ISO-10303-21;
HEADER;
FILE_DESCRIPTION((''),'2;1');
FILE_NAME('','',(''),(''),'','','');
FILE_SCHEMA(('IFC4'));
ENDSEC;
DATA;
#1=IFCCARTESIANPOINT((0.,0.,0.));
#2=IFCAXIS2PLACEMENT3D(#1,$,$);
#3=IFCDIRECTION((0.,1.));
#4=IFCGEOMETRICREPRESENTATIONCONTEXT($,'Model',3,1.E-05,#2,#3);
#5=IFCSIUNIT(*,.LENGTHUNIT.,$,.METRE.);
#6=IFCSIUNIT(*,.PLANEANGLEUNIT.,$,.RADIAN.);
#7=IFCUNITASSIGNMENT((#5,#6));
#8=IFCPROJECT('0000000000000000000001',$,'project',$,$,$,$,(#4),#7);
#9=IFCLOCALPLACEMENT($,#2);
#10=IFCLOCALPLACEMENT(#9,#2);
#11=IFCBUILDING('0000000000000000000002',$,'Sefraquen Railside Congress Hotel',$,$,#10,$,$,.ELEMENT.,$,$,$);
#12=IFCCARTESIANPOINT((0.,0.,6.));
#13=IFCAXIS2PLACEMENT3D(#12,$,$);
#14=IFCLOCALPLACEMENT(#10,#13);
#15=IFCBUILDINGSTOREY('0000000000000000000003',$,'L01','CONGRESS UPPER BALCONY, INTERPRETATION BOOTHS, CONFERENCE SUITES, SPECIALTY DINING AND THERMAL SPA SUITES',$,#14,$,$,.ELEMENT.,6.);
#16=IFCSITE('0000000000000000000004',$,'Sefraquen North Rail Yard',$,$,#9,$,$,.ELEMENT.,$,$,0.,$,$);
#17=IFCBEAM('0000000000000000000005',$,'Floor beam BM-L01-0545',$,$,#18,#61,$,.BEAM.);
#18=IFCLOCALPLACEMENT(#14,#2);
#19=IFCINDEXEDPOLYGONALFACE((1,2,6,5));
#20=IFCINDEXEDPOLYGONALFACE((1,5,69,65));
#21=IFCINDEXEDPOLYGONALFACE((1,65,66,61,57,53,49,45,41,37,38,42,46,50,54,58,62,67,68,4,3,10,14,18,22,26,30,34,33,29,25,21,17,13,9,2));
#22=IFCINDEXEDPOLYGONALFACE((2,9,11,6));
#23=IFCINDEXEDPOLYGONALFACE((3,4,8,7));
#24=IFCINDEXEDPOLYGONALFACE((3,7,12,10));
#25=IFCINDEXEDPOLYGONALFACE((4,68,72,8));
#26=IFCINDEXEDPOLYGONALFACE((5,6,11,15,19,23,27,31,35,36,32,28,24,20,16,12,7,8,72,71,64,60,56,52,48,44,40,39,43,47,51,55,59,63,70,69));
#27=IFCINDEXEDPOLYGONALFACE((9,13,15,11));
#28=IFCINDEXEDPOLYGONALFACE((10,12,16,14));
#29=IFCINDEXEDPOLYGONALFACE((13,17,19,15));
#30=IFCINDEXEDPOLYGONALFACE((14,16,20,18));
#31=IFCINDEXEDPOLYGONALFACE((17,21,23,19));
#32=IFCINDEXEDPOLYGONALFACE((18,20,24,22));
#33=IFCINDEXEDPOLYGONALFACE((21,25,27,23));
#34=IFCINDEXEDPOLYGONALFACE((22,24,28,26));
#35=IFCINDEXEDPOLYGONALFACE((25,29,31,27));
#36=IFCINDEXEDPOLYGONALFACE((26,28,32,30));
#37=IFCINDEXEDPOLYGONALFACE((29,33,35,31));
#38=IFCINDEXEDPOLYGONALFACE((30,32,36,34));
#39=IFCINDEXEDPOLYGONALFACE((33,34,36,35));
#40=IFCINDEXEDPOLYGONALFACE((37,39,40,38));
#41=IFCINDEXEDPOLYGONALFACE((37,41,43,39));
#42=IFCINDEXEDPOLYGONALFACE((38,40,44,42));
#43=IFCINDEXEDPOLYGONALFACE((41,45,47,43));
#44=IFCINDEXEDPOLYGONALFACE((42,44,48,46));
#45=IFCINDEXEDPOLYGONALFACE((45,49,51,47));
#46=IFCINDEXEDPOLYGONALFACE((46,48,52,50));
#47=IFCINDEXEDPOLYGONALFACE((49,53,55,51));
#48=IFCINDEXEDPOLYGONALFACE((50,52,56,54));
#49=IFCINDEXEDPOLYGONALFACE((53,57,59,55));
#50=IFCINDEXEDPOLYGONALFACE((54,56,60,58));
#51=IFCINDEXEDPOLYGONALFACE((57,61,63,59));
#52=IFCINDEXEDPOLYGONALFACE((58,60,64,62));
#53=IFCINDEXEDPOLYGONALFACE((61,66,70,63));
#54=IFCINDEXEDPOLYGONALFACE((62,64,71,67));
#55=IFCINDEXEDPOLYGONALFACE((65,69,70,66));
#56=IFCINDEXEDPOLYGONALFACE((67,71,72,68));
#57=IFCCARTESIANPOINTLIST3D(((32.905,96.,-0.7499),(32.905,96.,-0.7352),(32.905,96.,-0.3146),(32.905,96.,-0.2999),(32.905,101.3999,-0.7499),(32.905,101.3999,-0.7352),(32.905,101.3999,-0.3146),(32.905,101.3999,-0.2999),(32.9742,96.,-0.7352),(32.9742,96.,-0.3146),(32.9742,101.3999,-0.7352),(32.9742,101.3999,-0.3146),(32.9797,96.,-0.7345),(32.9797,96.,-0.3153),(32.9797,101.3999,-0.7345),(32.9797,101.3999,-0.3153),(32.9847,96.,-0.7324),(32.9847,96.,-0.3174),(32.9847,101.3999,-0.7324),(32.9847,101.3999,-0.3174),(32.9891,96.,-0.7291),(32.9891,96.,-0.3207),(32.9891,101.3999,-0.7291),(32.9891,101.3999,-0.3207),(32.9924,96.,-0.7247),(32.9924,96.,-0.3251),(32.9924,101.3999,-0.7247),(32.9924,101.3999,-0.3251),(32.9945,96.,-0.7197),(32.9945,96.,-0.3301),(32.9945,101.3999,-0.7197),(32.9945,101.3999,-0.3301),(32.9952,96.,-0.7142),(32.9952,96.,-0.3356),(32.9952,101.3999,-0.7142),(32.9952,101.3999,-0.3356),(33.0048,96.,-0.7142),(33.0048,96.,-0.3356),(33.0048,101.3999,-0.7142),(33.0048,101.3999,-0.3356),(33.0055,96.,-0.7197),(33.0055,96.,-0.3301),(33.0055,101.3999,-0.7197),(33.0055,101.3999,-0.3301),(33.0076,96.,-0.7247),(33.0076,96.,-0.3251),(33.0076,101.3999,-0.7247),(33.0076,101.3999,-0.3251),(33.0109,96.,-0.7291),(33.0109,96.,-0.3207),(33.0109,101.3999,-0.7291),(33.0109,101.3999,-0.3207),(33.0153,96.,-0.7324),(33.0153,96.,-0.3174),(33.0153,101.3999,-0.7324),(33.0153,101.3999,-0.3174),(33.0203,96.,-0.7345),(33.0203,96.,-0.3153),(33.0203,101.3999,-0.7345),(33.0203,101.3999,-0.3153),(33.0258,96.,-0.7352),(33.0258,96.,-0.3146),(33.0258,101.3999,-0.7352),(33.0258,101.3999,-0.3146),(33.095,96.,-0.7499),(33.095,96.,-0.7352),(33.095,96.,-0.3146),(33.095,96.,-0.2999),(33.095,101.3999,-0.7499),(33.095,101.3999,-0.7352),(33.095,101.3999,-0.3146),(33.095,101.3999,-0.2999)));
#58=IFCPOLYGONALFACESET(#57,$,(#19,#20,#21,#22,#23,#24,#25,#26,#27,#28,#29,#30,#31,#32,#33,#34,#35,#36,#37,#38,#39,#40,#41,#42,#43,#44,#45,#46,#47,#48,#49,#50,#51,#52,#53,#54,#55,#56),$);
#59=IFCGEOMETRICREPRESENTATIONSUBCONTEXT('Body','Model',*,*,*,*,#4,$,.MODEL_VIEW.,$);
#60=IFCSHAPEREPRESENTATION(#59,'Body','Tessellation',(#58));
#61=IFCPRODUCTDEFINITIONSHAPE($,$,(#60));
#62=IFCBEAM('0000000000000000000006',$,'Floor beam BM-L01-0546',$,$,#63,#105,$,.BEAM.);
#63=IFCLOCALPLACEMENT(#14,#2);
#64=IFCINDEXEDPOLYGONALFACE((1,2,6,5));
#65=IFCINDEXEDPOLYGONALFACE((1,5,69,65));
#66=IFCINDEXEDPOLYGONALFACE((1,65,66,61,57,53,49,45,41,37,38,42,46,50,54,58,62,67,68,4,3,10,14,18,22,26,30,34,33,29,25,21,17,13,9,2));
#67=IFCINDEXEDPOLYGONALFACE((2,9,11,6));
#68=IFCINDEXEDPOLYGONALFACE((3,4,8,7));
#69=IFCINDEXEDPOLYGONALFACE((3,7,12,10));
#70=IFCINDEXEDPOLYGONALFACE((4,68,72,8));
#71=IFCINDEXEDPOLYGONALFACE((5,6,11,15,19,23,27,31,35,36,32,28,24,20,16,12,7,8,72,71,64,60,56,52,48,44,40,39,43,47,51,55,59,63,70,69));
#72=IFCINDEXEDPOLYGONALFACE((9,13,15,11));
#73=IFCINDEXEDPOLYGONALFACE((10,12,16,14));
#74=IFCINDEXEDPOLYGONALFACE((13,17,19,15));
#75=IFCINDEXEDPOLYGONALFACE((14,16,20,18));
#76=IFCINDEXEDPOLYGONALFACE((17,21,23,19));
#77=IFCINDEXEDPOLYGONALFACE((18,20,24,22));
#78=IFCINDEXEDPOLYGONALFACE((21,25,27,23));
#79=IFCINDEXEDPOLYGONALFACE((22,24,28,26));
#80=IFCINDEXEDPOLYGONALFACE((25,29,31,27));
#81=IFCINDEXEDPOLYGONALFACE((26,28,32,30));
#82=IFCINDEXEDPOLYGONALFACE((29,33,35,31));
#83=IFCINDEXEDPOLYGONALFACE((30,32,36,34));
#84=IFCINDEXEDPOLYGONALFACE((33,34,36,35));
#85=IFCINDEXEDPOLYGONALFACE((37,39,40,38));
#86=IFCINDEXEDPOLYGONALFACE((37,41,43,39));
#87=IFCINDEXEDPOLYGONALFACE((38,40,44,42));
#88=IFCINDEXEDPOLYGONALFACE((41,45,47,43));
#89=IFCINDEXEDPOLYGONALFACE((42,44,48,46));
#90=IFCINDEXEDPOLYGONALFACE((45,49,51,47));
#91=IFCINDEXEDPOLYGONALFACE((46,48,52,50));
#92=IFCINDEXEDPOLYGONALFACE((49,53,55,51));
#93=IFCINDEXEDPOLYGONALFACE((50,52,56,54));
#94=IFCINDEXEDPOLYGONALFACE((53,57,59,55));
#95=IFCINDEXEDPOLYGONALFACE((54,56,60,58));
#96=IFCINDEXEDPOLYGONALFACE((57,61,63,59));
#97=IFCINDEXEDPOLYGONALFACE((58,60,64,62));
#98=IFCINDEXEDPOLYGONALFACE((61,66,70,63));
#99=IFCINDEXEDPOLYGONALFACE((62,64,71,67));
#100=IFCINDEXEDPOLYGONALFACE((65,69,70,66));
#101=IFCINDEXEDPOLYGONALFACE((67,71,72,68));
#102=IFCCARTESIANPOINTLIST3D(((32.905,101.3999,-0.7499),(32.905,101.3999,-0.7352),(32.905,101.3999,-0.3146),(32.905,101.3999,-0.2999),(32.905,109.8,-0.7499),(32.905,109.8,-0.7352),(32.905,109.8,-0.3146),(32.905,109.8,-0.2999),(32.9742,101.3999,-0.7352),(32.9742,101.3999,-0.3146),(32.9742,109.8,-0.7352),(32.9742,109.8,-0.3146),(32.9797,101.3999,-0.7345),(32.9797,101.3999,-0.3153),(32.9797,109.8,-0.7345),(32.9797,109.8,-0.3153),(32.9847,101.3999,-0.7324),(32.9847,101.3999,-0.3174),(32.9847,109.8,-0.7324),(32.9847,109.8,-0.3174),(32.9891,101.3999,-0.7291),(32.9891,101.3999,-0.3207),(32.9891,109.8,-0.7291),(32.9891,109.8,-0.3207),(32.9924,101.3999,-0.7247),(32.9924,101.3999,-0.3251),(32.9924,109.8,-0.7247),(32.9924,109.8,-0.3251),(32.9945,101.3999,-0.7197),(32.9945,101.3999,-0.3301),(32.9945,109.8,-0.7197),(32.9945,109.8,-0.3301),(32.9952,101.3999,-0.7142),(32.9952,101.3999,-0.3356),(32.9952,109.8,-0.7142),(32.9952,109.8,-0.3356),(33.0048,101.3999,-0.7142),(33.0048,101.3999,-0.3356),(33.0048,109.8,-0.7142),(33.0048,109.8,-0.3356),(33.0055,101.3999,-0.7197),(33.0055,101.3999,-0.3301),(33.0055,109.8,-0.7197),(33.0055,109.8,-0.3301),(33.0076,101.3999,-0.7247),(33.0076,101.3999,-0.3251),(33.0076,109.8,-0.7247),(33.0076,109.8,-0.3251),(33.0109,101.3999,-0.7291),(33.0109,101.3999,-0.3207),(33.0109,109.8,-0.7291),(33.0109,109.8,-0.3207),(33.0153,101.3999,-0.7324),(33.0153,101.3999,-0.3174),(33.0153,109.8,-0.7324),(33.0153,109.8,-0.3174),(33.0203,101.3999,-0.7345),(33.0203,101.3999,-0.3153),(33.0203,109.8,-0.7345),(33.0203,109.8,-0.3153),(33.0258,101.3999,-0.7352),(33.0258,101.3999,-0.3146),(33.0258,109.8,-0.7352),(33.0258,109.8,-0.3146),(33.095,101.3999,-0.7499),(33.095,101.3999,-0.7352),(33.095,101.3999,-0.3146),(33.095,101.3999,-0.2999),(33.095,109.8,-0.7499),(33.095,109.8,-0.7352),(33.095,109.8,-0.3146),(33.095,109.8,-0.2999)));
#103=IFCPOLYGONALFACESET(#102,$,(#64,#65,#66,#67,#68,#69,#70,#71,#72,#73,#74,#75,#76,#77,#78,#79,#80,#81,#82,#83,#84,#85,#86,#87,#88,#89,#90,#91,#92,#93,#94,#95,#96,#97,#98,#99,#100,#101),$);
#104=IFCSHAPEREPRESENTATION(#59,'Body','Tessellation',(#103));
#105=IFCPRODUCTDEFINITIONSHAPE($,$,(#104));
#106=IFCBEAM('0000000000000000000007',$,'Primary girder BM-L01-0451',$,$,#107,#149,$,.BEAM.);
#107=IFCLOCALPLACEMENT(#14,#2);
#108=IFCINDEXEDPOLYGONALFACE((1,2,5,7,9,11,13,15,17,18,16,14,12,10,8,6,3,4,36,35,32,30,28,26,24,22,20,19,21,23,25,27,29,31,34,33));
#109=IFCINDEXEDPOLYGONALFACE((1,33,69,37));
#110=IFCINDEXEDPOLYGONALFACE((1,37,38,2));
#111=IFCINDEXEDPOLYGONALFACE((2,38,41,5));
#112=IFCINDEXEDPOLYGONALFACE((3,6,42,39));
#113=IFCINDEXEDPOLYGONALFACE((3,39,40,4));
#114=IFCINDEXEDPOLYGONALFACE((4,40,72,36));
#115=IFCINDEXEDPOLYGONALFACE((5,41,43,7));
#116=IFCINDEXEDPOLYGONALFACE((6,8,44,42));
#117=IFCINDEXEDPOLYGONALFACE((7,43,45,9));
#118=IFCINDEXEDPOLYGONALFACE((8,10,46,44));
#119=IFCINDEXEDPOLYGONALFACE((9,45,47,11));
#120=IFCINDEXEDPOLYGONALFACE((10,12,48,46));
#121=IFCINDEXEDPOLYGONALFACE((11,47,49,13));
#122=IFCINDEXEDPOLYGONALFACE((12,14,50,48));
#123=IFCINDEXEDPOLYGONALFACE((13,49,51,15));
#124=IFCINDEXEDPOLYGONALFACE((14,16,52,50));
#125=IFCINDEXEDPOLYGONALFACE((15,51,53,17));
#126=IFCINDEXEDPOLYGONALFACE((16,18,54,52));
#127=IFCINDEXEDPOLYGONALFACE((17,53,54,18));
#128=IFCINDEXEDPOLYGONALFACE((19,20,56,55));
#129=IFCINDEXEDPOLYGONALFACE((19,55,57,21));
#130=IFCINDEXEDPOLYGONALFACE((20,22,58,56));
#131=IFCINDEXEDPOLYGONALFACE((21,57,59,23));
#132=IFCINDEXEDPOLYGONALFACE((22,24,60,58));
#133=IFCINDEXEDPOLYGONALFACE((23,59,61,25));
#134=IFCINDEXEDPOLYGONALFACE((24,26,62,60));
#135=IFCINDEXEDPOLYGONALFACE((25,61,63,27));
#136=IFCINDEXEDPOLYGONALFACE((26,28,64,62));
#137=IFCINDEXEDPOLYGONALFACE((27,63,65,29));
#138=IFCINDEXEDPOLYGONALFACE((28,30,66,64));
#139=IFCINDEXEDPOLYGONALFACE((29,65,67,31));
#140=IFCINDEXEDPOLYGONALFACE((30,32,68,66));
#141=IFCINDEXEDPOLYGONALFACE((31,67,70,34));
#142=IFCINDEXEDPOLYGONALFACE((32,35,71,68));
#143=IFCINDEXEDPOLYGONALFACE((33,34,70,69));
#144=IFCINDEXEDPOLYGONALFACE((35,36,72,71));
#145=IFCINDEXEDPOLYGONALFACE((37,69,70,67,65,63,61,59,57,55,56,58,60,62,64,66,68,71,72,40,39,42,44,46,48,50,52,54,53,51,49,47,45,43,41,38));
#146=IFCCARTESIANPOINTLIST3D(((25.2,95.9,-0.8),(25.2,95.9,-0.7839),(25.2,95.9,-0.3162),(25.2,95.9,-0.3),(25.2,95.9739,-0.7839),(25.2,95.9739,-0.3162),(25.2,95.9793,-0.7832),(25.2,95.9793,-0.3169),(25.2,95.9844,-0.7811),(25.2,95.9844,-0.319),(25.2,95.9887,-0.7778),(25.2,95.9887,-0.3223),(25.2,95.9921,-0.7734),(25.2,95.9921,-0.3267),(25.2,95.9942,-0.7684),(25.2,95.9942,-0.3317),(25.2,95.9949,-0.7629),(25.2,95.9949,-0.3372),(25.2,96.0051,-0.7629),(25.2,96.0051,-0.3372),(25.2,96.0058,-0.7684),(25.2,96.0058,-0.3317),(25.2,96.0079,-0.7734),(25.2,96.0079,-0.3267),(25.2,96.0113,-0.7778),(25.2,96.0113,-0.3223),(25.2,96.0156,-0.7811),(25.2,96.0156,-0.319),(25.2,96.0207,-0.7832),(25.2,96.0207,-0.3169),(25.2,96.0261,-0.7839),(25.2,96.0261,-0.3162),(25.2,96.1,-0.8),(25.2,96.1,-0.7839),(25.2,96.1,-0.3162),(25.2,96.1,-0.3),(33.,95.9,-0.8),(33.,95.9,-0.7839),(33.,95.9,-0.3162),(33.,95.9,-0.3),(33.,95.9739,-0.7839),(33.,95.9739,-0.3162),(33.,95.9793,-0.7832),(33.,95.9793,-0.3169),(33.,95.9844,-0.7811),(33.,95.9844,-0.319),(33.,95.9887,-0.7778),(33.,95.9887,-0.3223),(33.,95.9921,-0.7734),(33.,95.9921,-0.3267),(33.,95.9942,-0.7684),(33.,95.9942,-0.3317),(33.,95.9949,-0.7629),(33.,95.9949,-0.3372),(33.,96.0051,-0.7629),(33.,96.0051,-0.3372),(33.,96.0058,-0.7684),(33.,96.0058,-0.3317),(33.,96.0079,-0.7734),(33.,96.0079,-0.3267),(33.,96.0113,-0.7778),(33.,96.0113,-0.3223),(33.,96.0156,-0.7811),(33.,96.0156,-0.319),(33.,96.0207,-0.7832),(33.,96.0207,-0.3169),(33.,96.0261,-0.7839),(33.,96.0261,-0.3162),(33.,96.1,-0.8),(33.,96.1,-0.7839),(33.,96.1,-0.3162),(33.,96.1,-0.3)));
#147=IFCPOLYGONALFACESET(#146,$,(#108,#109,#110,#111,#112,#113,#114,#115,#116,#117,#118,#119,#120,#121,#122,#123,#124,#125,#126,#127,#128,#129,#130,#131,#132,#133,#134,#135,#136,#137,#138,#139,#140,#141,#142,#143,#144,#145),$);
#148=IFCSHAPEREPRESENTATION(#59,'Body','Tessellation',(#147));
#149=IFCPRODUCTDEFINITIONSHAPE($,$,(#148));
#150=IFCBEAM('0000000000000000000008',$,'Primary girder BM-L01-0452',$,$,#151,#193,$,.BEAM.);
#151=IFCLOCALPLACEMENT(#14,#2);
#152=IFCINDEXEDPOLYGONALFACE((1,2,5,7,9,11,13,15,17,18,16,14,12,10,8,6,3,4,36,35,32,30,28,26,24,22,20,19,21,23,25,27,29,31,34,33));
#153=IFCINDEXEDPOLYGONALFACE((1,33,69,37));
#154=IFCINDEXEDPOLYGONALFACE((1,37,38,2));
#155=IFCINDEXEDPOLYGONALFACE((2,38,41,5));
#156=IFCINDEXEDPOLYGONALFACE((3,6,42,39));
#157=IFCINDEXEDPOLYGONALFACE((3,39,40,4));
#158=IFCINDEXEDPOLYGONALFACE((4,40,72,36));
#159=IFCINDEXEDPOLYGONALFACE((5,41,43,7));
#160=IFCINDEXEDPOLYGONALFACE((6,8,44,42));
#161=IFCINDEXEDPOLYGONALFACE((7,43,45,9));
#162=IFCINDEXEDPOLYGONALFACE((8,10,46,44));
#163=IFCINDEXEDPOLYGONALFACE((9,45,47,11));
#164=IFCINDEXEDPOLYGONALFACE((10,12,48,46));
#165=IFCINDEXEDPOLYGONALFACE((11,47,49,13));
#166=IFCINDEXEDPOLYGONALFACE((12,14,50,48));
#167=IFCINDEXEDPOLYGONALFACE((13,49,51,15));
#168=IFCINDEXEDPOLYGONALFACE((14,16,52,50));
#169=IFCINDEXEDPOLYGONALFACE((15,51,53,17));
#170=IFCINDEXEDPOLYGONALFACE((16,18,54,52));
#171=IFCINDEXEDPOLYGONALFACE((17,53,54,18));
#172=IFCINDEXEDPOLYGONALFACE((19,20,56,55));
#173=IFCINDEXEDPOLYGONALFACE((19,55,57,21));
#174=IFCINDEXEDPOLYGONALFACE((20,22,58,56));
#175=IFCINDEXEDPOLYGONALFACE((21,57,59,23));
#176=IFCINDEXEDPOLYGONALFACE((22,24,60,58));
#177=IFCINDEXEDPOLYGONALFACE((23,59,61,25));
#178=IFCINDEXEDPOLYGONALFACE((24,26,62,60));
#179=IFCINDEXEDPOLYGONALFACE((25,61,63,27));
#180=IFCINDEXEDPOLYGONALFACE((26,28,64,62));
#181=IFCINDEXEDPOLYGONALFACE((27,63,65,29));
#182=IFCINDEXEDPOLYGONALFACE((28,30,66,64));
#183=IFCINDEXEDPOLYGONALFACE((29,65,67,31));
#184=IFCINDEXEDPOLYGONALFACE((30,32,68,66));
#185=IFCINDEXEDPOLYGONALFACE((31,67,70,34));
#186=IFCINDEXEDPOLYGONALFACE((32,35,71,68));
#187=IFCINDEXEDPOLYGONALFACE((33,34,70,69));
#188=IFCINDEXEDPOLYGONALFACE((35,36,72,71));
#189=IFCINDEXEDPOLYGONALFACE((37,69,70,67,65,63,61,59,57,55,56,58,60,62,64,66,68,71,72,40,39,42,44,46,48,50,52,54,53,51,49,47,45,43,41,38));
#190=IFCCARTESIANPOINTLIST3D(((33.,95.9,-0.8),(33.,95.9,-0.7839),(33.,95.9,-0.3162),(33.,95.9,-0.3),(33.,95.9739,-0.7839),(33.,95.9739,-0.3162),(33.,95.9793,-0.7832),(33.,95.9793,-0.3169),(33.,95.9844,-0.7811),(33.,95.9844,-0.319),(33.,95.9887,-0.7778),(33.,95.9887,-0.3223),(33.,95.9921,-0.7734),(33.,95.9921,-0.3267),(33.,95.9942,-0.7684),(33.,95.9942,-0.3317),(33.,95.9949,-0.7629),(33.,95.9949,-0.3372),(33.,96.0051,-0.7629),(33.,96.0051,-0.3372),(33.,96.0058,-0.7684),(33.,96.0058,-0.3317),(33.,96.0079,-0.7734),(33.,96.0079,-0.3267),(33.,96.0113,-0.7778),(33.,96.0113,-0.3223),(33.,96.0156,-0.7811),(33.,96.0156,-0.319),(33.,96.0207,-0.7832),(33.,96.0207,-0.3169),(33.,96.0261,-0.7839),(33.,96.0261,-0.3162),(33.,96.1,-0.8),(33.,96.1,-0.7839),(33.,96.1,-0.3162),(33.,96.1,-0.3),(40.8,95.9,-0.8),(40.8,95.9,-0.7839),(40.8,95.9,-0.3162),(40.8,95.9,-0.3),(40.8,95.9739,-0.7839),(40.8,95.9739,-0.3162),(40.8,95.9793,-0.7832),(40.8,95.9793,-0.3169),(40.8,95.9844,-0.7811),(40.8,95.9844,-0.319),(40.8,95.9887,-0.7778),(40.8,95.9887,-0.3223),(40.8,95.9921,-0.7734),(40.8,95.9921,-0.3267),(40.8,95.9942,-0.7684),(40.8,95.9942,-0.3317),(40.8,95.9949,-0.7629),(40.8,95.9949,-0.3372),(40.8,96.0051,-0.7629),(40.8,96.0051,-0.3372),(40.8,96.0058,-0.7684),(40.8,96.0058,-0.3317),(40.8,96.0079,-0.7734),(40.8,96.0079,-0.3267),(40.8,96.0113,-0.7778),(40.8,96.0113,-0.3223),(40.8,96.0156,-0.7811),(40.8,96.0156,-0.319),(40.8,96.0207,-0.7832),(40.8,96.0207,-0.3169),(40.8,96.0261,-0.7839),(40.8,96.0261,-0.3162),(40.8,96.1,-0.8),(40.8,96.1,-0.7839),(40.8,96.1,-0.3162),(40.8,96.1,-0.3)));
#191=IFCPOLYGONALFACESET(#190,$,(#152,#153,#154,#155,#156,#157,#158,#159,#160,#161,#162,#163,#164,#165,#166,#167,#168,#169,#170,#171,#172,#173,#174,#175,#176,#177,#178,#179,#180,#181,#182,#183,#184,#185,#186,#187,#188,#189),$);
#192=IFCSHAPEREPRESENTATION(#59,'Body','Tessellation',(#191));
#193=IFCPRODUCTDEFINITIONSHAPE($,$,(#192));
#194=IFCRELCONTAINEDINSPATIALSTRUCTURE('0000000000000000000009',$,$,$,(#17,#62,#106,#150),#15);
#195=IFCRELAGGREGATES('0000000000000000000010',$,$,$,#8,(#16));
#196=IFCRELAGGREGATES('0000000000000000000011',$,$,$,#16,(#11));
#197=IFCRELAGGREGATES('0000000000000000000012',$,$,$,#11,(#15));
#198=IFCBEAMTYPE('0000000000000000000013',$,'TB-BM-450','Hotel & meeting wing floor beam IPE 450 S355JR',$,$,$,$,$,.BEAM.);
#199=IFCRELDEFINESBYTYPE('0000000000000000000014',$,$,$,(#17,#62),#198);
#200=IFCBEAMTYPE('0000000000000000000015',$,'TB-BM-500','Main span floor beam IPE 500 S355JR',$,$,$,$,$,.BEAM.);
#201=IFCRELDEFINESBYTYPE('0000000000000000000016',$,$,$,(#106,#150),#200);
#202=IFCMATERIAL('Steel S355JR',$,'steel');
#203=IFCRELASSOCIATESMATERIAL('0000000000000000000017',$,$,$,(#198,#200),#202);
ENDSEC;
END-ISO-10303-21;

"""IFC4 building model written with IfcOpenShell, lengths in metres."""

from ifc_helpers import new_model, si_unit, direction, frame, origin, origin_2d, place, context, subcontext, project, spatial, i_section, extrude, material, material_profile, profile_set, type_object, element, save


model = new_model("IFC4")

# Units and contexts
model_context = context("Model", 3, precision=1e-05, world=origin(), true_north=direction((0.0, 1.0)))
body_context = subcontext(model_context, "Body", "Model", "MODEL_VIEW")
ifc_project = project(units=[si_unit("LENGTHUNIT", "METRE"), si_unit("PLANEANGLEUNIT", "RADIAN")], contexts=[model_context])

# Site, building, storey
site_placement = place(None, origin())
site = spatial("IfcSite", under=ifc_project, at=site_placement, Name="Sefraquen North Rail Yard", CompositionType="ELEMENT", RefElevation=0.0)
building_placement = place(site_placement, origin())
building = spatial("IfcBuilding", under=site, at=building_placement, Name="Sefraquen Railside Congress Hotel", CompositionType="ELEMENT")
storey_placement = place(building_placement, frame((0.0, 0.0, 6.0)))
storey = spatial("IfcBuildingStorey", under=building, at=storey_placement, Name="L01", Description="CONGRESS UPPER BALCONY, INTERPRETATION BOOTHS, CONFERENCE SUITES, SPECIALTY DINING AND THERMAL SPA SUITES", CompositionType="ELEMENT", Elevation=6.0)

# Shared definitions
ifc_material_1 = material(Name="Steel S355JR", Category="steel")

# Beams
ifc_material_profile_1 = material_profile(ifc_material_1, i_section(OverallWidth=0.1899, OverallDepth=0.45, WebThickness=0.0095, FlangeThickness=0.0146, FilletRadius=0.021, at=origin_2d()), Name="IPE 450")
ifc_profile_set_1 = profile_set([ifc_material_profile_1], Name="Steel S355JR")
beam_type_1 = type_object("IfcBeamType", Name="TB-BM-450", Description="Hotel & meeting wing floor beam IPE 450 S355JR", PredefinedType="BEAM", material=ifc_profile_set_1)
beam_1_placement = place(storey_placement, frame((33.0, 96.0, -0.5249), z_axis=(0.0, 1.0, 0.0), x_axis=(-1.0, 0.0, 0.0)))
element("IfcBeam", 1, at=beam_1_placement, inside=storey, type_object=beam_type_1, Name="Floor beam BM-L01-0545", PredefinedType="BEAM", context=body_context, shape_type="SweptSolid", body=[
    extrude(i_section(OverallWidth=0.1899, OverallDepth=0.45, WebThickness=0.0095, FlangeThickness=0.0146, FilletRadius=0.021, at=origin_2d()), origin(), (0.0, 0.0, 1.0), 5.3999),
])
beam_2_placement = place(storey_placement, frame((33.0, 101.3999, -0.5249), z_axis=(0.0, 1.0, 0.0), x_axis=(-1.0, 0.0, 0.0)))
element("IfcBeam", 2, at=beam_2_placement, inside=storey, type_object=beam_type_1, Name="Floor beam BM-L01-0546", PredefinedType="BEAM", context=body_context, shape_type="SweptSolid", body=[
    extrude(i_section(OverallWidth=0.1899, OverallDepth=0.45, WebThickness=0.0095, FlangeThickness=0.0146, FilletRadius=0.021, at=origin_2d()), origin(), (0.0, 0.0, 1.0), 8.4001),
])
ifc_material_profile_2 = material_profile(ifc_material_1, i_section(OverallWidth=0.2, OverallDepth=0.5, WebThickness=0.0103, FlangeThickness=0.0161, FilletRadius=0.021, at=origin_2d()), Name="IPE 500")
ifc_profile_set_2 = profile_set([ifc_material_profile_2], Name="Steel S355JR")
beam_type_2 = type_object("IfcBeamType", Name="TB-BM-500", Description="Main span floor beam IPE 500 S355JR", PredefinedType="BEAM", material=ifc_profile_set_2)
for number, where, z_axis, x_axis, name in (
    (3, (25.2, 96.0, -0.55), (1.0, 0.0, 0.0), (0.0, 1.0, 0.0), "Primary girder BM-L01-0451"),
    (4, (33.0, 96.0, -0.55), (1.0, 0.0, 0.0), (0.0, 1.0, 0.0), "Primary girder BM-L01-0452"),
):
    element("IfcBeam", number, at=place(storey_placement, frame(where, z_axis=z_axis, x_axis=x_axis)), inside=storey, type_object=beam_type_2, Name=name, PredefinedType="BEAM", context=body_context, shape_type="SweptSolid", body=[
        extrude(i_section(OverallWidth=0.2, OverallDepth=0.5, WebThickness=0.0103, FlangeThickness=0.0161, FilletRadius=0.021, at=origin_2d()), origin(), (0.0, 0.0, 1.0), 7.8),
    ])

save(model, "model.ifc")
